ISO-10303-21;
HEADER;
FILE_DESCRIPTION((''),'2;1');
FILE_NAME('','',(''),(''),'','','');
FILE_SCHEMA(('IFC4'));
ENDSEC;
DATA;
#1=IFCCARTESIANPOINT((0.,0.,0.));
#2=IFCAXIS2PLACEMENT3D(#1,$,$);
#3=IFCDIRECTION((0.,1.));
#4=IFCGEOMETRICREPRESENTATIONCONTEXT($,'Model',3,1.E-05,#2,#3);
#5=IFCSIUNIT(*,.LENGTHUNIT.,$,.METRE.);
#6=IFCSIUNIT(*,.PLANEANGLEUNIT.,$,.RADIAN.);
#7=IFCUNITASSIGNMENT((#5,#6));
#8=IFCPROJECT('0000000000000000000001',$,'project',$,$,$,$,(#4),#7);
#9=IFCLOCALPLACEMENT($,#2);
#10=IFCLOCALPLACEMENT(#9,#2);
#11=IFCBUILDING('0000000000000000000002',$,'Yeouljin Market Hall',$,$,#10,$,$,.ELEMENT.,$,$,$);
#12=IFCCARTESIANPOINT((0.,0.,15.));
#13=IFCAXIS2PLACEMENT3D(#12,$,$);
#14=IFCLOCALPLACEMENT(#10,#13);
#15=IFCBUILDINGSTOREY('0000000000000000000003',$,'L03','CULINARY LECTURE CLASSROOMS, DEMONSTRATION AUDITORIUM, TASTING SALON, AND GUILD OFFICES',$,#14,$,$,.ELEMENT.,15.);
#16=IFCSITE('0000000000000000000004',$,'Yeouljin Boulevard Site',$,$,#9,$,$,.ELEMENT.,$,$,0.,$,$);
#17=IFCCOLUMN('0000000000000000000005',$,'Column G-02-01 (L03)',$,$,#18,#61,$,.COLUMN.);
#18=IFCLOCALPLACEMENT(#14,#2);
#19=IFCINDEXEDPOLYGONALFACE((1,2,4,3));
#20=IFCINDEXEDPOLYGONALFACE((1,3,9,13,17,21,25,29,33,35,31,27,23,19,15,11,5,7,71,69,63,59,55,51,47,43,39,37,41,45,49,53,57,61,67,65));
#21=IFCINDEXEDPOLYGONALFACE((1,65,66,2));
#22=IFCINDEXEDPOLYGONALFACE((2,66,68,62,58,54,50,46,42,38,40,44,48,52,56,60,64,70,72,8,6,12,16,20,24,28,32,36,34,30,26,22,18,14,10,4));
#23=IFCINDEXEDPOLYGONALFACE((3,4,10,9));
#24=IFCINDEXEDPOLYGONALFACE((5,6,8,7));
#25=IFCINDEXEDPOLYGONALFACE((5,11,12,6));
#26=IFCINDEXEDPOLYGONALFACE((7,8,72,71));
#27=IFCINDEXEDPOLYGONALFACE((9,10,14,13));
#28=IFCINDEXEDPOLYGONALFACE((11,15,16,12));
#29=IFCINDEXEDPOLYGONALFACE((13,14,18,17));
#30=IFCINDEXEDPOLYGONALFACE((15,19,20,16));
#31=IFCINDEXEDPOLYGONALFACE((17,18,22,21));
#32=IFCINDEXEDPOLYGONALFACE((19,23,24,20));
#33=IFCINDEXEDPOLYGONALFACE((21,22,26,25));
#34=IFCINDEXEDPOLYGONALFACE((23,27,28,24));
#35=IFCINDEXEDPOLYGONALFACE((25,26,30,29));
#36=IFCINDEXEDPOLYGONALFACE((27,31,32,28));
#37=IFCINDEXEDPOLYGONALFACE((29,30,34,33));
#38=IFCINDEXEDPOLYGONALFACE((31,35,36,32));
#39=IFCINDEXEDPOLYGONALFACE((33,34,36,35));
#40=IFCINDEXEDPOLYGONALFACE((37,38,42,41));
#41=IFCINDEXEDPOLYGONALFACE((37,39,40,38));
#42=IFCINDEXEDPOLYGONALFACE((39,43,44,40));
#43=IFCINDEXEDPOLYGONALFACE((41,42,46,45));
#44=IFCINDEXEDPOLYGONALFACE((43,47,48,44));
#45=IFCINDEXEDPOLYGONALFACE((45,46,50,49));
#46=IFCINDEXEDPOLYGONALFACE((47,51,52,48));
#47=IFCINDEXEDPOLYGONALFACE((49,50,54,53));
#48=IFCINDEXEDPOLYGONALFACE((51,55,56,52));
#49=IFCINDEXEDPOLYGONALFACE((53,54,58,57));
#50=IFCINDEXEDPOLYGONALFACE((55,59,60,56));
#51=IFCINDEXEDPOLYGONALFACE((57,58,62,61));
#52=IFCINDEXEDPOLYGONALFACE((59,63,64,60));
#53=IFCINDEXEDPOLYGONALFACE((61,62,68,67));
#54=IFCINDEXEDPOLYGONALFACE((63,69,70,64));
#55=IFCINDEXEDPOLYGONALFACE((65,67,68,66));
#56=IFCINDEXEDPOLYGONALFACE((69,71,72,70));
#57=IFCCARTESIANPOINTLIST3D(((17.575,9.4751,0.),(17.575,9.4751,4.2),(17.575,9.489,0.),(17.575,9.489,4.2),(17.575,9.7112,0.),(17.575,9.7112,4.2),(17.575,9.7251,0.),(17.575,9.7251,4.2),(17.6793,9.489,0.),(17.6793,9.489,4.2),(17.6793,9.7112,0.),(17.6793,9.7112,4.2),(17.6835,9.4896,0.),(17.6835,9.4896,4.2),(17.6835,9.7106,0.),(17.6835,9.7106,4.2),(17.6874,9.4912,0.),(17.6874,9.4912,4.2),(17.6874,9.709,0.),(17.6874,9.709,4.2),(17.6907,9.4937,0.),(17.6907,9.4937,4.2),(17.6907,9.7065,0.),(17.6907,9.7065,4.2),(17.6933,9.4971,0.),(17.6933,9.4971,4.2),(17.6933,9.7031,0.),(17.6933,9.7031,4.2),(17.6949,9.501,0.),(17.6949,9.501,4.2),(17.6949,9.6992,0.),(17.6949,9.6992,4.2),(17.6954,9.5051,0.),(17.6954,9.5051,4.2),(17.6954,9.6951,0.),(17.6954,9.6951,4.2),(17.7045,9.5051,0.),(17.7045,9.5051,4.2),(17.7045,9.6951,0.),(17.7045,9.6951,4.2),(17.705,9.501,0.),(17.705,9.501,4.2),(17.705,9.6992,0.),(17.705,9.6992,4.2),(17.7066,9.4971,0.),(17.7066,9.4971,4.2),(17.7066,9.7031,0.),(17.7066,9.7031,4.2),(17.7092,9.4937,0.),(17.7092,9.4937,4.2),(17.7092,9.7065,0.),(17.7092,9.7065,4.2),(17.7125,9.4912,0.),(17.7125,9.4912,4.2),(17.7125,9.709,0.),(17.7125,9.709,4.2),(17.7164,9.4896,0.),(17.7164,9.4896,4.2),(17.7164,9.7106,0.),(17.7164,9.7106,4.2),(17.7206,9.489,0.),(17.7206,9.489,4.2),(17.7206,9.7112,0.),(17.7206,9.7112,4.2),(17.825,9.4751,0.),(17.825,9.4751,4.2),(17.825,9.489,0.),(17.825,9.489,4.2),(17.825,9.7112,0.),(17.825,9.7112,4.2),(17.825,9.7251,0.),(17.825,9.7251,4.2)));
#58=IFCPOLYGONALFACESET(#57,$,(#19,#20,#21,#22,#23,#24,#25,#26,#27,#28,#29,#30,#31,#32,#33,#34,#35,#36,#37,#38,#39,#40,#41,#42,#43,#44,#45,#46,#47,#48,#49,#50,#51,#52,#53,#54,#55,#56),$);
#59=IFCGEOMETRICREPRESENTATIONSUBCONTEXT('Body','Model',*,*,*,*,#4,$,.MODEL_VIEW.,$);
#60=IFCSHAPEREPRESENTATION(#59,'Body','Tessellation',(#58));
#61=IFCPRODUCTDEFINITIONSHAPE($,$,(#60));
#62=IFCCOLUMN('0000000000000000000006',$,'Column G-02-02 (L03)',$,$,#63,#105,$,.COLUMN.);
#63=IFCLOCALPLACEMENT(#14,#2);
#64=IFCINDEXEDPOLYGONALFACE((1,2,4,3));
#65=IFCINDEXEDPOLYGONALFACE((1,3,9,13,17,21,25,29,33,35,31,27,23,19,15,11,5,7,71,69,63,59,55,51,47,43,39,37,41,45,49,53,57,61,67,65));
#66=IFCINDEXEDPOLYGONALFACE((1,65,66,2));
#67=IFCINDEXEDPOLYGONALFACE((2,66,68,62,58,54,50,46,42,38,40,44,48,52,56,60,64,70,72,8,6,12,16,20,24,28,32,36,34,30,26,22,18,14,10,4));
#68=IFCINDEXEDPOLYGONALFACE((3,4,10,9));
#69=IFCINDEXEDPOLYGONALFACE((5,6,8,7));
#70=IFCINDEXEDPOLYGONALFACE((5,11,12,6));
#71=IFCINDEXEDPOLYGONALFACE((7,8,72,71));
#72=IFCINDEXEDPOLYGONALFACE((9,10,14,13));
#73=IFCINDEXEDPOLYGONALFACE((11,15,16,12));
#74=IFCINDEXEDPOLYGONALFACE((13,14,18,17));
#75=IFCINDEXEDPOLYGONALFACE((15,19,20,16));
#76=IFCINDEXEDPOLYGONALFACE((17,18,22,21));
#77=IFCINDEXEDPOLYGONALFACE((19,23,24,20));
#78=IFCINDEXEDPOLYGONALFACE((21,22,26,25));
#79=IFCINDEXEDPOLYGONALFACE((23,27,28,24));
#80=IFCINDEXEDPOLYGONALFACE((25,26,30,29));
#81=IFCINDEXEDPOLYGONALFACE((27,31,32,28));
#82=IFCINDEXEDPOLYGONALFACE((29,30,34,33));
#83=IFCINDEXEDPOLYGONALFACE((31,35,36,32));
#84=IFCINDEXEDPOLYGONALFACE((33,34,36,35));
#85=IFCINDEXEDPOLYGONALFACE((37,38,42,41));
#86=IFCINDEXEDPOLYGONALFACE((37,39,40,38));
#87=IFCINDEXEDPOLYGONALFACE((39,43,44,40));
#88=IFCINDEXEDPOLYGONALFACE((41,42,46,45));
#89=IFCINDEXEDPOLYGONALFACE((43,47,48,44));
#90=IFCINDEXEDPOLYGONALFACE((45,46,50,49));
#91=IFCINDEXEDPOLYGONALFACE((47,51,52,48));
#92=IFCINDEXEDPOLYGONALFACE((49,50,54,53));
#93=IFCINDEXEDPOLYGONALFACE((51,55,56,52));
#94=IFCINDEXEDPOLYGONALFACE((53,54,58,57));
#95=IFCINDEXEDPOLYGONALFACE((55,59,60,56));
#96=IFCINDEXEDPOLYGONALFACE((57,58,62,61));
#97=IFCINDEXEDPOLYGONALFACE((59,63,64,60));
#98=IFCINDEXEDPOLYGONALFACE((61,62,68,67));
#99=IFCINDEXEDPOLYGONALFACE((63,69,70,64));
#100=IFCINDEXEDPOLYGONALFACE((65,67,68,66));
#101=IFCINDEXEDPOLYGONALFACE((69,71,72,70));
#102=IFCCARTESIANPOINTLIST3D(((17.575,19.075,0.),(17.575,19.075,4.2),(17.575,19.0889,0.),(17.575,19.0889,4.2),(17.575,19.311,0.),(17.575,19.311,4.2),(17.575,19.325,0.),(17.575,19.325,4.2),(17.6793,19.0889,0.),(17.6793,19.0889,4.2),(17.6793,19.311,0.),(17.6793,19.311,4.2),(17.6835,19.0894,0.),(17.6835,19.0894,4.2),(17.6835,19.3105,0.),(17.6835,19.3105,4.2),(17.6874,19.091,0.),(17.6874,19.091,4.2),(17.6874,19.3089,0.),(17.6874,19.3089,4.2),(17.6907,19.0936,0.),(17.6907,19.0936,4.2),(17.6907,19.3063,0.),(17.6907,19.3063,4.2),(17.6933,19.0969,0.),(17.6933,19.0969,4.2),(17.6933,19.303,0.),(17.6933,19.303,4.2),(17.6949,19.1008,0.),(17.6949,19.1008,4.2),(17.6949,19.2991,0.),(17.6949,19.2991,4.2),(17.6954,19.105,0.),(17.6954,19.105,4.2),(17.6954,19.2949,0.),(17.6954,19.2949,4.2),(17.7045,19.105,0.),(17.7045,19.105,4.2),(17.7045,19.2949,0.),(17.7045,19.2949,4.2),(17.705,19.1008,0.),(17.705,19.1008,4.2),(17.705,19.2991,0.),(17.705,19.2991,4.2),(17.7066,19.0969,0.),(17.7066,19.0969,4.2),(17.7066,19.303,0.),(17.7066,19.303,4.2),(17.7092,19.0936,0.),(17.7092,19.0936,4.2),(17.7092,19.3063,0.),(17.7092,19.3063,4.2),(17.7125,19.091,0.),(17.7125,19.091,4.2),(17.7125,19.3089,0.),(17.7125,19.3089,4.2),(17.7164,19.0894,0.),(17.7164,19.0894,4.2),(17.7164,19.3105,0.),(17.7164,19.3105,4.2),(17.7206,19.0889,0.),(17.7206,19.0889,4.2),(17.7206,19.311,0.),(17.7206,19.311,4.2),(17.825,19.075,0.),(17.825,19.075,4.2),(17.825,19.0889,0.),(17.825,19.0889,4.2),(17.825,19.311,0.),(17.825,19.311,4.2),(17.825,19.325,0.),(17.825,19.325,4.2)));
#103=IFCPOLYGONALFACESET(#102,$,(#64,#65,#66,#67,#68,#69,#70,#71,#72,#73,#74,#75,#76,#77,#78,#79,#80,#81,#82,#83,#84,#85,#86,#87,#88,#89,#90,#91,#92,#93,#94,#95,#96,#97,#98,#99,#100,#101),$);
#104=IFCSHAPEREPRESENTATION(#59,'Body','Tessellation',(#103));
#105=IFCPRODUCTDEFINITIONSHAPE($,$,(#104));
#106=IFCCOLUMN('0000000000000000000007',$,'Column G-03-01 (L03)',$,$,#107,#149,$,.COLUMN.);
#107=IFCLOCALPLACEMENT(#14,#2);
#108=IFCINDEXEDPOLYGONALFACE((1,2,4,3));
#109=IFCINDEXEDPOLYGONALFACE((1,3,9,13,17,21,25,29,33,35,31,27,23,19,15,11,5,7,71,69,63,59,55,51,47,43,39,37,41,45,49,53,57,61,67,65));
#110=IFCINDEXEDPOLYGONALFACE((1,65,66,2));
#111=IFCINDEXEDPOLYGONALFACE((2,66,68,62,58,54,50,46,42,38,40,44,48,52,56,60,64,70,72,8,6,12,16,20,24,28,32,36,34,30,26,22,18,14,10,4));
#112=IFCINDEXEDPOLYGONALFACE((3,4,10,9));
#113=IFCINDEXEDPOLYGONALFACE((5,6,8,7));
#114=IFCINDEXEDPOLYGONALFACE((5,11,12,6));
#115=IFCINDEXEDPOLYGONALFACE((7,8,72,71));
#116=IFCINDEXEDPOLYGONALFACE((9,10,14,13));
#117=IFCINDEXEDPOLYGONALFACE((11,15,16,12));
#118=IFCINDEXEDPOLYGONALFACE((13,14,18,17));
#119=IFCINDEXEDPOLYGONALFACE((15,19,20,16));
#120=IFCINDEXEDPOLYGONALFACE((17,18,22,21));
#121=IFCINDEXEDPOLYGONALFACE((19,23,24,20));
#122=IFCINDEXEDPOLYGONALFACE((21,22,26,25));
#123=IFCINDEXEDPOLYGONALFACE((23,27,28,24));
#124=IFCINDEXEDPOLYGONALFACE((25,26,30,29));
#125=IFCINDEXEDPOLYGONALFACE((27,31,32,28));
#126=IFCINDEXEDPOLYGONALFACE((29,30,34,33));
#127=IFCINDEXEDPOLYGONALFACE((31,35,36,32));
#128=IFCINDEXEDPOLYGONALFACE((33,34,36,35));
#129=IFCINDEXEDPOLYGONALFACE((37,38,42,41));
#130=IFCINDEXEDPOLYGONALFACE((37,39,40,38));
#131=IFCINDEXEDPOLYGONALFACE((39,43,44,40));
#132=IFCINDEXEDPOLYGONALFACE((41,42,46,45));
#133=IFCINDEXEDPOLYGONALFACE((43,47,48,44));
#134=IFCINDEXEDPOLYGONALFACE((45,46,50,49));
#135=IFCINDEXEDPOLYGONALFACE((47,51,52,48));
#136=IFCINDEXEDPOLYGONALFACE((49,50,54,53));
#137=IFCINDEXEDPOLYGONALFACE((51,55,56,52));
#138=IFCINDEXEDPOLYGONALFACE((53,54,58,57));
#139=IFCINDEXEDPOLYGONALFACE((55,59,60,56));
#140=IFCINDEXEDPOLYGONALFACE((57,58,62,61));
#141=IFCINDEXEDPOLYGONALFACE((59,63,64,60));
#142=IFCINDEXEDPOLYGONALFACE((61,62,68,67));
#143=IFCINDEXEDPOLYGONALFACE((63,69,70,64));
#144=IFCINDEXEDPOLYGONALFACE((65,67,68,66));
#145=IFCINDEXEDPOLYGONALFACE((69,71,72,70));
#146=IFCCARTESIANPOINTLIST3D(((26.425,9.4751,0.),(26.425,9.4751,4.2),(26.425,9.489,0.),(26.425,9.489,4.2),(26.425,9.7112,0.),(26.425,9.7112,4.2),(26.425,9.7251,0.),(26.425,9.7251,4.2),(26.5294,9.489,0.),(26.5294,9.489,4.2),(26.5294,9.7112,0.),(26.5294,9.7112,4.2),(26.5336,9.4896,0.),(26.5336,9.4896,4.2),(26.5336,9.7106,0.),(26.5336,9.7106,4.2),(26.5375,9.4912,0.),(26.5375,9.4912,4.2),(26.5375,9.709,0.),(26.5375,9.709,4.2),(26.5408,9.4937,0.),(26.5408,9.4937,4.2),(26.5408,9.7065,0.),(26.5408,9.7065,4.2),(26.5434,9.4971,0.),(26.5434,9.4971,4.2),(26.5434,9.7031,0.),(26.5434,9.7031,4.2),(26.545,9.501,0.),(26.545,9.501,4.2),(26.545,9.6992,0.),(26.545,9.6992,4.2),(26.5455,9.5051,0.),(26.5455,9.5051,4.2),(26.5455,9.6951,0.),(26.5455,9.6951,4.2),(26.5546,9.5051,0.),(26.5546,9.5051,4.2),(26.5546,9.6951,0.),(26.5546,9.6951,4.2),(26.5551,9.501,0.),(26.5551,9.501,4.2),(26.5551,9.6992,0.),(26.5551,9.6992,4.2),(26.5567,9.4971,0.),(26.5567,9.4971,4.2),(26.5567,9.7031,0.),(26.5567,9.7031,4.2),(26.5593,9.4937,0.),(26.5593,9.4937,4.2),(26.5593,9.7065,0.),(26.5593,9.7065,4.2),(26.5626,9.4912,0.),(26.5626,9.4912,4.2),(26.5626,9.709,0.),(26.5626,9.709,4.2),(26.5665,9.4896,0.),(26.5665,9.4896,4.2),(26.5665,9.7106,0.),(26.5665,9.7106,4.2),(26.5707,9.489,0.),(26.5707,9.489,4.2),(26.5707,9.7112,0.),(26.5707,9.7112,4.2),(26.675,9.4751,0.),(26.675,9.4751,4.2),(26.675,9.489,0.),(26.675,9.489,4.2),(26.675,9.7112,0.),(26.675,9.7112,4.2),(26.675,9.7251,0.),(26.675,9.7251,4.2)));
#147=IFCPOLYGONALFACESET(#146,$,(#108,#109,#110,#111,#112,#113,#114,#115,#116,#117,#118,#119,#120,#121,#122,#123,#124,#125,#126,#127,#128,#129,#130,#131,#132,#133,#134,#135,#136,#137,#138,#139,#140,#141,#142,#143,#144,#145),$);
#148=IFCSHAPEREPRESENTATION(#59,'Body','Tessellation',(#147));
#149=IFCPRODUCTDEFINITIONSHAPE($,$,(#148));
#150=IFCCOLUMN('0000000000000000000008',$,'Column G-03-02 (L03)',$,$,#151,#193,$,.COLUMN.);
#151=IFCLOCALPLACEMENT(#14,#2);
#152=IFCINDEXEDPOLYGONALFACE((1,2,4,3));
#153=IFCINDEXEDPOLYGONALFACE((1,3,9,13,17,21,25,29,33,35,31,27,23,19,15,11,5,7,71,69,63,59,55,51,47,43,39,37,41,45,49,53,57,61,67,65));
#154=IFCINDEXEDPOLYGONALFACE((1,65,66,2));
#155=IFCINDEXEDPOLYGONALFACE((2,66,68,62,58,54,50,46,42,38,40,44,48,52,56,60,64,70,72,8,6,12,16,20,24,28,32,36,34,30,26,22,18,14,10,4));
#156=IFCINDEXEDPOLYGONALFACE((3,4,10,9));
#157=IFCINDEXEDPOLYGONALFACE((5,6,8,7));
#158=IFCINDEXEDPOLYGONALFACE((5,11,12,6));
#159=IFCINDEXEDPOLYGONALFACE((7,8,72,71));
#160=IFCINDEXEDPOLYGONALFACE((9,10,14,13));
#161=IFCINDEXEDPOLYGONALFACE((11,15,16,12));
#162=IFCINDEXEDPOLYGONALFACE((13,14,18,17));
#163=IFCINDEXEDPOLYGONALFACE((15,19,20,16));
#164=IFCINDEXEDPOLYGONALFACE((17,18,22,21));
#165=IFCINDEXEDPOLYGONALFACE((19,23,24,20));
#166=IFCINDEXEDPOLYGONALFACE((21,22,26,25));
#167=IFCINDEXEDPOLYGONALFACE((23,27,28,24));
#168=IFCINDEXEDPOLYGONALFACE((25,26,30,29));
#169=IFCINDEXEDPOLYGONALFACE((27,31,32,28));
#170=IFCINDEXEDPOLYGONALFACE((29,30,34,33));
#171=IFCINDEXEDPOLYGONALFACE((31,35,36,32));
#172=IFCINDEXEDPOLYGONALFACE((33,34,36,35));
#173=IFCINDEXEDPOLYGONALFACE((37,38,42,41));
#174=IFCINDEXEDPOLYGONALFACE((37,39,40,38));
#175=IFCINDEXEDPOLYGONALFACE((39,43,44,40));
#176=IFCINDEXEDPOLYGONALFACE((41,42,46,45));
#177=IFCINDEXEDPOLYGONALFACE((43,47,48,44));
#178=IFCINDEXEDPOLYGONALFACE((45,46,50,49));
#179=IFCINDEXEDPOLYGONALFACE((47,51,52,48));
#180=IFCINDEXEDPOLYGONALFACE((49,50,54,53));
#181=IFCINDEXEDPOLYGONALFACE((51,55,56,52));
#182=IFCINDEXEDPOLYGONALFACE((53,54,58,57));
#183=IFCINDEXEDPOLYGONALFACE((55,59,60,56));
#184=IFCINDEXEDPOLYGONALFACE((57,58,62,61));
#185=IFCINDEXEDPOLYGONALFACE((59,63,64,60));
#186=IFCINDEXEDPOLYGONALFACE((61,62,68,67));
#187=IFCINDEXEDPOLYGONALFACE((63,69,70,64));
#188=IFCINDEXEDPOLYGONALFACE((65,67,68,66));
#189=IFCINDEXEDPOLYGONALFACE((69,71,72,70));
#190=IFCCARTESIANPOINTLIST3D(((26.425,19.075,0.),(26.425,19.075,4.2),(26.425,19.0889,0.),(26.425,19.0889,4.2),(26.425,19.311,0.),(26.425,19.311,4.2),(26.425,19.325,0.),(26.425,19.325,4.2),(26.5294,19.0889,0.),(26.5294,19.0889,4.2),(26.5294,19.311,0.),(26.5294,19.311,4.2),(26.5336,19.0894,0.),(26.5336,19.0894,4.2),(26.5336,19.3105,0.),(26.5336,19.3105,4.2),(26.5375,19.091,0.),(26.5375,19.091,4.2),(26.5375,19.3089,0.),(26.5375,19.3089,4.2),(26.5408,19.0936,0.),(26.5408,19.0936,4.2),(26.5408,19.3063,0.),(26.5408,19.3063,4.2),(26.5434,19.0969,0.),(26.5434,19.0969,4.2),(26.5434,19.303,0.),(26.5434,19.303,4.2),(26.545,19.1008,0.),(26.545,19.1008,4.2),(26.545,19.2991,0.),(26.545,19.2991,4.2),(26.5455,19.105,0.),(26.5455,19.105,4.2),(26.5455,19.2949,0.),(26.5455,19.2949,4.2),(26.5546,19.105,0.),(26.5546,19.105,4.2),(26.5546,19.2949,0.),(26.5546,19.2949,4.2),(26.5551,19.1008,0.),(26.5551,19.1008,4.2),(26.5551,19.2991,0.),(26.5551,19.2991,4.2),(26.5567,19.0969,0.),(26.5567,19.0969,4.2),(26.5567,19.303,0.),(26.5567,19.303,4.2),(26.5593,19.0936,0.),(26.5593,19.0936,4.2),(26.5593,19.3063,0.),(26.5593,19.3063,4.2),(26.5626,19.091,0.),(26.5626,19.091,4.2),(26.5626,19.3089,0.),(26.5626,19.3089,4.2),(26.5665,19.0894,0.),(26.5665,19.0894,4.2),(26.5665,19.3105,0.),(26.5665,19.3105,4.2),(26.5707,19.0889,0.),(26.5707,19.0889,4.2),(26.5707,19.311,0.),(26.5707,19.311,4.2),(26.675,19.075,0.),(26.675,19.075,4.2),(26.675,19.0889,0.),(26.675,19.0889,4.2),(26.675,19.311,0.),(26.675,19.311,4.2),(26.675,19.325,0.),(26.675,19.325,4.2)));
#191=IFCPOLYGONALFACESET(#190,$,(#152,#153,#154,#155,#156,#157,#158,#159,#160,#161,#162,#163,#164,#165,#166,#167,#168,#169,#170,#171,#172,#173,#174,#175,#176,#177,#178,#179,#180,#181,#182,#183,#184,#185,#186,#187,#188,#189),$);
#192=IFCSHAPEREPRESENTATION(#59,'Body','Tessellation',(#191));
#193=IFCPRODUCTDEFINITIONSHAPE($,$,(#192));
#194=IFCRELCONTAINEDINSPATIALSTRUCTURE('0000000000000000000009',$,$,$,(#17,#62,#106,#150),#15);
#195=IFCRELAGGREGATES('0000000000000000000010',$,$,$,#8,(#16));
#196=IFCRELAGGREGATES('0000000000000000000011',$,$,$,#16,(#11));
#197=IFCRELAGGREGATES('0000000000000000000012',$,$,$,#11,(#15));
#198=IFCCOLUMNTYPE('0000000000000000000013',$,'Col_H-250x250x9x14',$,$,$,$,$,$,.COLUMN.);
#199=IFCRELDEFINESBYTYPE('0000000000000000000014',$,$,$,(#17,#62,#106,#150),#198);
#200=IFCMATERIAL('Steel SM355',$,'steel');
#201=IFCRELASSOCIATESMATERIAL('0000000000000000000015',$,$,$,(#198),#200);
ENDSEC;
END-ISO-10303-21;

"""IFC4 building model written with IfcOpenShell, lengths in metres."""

from ifc_helpers import new_model, si_unit, direction, frame, origin, origin_2d, place, context, subcontext, project, spatial, i_section, extrude, material, material_profile, profile_set, type_object, element, save


model = new_model("IFC4")

# Units and contexts
model_context = context("Model", 3, precision=1e-05, world=origin(), true_north=direction((0.0, 1.0)))
body_context = subcontext(model_context, "Body", "Model", "MODEL_VIEW")
ifc_project = project(units=[si_unit("LENGTHUNIT", "METRE"), si_unit("PLANEANGLEUNIT", "RADIAN")], contexts=[model_context])

# Site, building, storey
site_placement = place(None, origin())
site = spatial("IfcSite", under=ifc_project, at=site_placement, Name="Yeouljin Boulevard Site", CompositionType="ELEMENT", RefElevation=0.0)
building_placement = place(site_placement, origin())
building = spatial("IfcBuilding", under=site, at=building_placement, Name="Yeouljin Market Hall", CompositionType="ELEMENT")
storey_placement = place(building_placement, frame((0.0, 0.0, 15.0)))
storey = spatial("IfcBuildingStorey", under=building, at=storey_placement, Name="L03", Description="CULINARY LECTURE CLASSROOMS, DEMONSTRATION AUDITORIUM, TASTING SALON, AND GUILD OFFICES", CompositionType="ELEMENT", Elevation=15.0)

# Columns
ifc_material_1 = material(Name="Steel SM355", Category="steel")
ifc_material_profile_1 = material_profile(ifc_material_1, i_section(OverallWidth=0.25, OverallDepth=0.25, WebThickness=0.009, FlangeThickness=0.0139, FilletRadius=0.0161, at=origin_2d()), Name="H-250x250x9x14")
ifc_profile_set_1 = profile_set([ifc_material_profile_1], Name="Steel SM355")
column_type = type_object("IfcColumnType", Name="Col_H-250x250x9x14", PredefinedType="COLUMN", material=ifc_profile_set_1)
for number, where, z_axis, x_axis, name in (
    (1, (17.7, 9.6001, 0.0), (0.0, 0.0, 1.0), (1.0, 0.0, 0.0), "Column G-02-01 (L03)"),
    (2, (17.7, 19.2, 0.0), (0.0, 0.0, 1.0), (1.0, 0.0, 0.0), "Column G-02-02 (L03)"),
    (3, (26.55, 9.6001, 0.0), (0.0, 0.0, 1.0), (1.0, 0.0, 0.0), "Column G-03-01 (L03)"),
    (4, (26.55, 19.2, 0.0), (0.0, 0.0, 1.0), (1.0, 0.0, 0.0), "Column G-03-02 (L03)"),
):
    element("IfcColumn", number, at=place(storey_placement, frame(where, z_axis=z_axis, x_axis=x_axis)), inside=storey, type_object=column_type, Name=name, PredefinedType="COLUMN", context=body_context, shape_type="SweptSolid", body=[
        extrude(i_section(OverallWidth=0.25, OverallDepth=0.25, WebThickness=0.009, FlangeThickness=0.0139, FilletRadius=0.0161, at=origin_2d()), origin(), (0.0, 0.0, 1.0), 4.2),
    ])

save(model, "model.ifc")
